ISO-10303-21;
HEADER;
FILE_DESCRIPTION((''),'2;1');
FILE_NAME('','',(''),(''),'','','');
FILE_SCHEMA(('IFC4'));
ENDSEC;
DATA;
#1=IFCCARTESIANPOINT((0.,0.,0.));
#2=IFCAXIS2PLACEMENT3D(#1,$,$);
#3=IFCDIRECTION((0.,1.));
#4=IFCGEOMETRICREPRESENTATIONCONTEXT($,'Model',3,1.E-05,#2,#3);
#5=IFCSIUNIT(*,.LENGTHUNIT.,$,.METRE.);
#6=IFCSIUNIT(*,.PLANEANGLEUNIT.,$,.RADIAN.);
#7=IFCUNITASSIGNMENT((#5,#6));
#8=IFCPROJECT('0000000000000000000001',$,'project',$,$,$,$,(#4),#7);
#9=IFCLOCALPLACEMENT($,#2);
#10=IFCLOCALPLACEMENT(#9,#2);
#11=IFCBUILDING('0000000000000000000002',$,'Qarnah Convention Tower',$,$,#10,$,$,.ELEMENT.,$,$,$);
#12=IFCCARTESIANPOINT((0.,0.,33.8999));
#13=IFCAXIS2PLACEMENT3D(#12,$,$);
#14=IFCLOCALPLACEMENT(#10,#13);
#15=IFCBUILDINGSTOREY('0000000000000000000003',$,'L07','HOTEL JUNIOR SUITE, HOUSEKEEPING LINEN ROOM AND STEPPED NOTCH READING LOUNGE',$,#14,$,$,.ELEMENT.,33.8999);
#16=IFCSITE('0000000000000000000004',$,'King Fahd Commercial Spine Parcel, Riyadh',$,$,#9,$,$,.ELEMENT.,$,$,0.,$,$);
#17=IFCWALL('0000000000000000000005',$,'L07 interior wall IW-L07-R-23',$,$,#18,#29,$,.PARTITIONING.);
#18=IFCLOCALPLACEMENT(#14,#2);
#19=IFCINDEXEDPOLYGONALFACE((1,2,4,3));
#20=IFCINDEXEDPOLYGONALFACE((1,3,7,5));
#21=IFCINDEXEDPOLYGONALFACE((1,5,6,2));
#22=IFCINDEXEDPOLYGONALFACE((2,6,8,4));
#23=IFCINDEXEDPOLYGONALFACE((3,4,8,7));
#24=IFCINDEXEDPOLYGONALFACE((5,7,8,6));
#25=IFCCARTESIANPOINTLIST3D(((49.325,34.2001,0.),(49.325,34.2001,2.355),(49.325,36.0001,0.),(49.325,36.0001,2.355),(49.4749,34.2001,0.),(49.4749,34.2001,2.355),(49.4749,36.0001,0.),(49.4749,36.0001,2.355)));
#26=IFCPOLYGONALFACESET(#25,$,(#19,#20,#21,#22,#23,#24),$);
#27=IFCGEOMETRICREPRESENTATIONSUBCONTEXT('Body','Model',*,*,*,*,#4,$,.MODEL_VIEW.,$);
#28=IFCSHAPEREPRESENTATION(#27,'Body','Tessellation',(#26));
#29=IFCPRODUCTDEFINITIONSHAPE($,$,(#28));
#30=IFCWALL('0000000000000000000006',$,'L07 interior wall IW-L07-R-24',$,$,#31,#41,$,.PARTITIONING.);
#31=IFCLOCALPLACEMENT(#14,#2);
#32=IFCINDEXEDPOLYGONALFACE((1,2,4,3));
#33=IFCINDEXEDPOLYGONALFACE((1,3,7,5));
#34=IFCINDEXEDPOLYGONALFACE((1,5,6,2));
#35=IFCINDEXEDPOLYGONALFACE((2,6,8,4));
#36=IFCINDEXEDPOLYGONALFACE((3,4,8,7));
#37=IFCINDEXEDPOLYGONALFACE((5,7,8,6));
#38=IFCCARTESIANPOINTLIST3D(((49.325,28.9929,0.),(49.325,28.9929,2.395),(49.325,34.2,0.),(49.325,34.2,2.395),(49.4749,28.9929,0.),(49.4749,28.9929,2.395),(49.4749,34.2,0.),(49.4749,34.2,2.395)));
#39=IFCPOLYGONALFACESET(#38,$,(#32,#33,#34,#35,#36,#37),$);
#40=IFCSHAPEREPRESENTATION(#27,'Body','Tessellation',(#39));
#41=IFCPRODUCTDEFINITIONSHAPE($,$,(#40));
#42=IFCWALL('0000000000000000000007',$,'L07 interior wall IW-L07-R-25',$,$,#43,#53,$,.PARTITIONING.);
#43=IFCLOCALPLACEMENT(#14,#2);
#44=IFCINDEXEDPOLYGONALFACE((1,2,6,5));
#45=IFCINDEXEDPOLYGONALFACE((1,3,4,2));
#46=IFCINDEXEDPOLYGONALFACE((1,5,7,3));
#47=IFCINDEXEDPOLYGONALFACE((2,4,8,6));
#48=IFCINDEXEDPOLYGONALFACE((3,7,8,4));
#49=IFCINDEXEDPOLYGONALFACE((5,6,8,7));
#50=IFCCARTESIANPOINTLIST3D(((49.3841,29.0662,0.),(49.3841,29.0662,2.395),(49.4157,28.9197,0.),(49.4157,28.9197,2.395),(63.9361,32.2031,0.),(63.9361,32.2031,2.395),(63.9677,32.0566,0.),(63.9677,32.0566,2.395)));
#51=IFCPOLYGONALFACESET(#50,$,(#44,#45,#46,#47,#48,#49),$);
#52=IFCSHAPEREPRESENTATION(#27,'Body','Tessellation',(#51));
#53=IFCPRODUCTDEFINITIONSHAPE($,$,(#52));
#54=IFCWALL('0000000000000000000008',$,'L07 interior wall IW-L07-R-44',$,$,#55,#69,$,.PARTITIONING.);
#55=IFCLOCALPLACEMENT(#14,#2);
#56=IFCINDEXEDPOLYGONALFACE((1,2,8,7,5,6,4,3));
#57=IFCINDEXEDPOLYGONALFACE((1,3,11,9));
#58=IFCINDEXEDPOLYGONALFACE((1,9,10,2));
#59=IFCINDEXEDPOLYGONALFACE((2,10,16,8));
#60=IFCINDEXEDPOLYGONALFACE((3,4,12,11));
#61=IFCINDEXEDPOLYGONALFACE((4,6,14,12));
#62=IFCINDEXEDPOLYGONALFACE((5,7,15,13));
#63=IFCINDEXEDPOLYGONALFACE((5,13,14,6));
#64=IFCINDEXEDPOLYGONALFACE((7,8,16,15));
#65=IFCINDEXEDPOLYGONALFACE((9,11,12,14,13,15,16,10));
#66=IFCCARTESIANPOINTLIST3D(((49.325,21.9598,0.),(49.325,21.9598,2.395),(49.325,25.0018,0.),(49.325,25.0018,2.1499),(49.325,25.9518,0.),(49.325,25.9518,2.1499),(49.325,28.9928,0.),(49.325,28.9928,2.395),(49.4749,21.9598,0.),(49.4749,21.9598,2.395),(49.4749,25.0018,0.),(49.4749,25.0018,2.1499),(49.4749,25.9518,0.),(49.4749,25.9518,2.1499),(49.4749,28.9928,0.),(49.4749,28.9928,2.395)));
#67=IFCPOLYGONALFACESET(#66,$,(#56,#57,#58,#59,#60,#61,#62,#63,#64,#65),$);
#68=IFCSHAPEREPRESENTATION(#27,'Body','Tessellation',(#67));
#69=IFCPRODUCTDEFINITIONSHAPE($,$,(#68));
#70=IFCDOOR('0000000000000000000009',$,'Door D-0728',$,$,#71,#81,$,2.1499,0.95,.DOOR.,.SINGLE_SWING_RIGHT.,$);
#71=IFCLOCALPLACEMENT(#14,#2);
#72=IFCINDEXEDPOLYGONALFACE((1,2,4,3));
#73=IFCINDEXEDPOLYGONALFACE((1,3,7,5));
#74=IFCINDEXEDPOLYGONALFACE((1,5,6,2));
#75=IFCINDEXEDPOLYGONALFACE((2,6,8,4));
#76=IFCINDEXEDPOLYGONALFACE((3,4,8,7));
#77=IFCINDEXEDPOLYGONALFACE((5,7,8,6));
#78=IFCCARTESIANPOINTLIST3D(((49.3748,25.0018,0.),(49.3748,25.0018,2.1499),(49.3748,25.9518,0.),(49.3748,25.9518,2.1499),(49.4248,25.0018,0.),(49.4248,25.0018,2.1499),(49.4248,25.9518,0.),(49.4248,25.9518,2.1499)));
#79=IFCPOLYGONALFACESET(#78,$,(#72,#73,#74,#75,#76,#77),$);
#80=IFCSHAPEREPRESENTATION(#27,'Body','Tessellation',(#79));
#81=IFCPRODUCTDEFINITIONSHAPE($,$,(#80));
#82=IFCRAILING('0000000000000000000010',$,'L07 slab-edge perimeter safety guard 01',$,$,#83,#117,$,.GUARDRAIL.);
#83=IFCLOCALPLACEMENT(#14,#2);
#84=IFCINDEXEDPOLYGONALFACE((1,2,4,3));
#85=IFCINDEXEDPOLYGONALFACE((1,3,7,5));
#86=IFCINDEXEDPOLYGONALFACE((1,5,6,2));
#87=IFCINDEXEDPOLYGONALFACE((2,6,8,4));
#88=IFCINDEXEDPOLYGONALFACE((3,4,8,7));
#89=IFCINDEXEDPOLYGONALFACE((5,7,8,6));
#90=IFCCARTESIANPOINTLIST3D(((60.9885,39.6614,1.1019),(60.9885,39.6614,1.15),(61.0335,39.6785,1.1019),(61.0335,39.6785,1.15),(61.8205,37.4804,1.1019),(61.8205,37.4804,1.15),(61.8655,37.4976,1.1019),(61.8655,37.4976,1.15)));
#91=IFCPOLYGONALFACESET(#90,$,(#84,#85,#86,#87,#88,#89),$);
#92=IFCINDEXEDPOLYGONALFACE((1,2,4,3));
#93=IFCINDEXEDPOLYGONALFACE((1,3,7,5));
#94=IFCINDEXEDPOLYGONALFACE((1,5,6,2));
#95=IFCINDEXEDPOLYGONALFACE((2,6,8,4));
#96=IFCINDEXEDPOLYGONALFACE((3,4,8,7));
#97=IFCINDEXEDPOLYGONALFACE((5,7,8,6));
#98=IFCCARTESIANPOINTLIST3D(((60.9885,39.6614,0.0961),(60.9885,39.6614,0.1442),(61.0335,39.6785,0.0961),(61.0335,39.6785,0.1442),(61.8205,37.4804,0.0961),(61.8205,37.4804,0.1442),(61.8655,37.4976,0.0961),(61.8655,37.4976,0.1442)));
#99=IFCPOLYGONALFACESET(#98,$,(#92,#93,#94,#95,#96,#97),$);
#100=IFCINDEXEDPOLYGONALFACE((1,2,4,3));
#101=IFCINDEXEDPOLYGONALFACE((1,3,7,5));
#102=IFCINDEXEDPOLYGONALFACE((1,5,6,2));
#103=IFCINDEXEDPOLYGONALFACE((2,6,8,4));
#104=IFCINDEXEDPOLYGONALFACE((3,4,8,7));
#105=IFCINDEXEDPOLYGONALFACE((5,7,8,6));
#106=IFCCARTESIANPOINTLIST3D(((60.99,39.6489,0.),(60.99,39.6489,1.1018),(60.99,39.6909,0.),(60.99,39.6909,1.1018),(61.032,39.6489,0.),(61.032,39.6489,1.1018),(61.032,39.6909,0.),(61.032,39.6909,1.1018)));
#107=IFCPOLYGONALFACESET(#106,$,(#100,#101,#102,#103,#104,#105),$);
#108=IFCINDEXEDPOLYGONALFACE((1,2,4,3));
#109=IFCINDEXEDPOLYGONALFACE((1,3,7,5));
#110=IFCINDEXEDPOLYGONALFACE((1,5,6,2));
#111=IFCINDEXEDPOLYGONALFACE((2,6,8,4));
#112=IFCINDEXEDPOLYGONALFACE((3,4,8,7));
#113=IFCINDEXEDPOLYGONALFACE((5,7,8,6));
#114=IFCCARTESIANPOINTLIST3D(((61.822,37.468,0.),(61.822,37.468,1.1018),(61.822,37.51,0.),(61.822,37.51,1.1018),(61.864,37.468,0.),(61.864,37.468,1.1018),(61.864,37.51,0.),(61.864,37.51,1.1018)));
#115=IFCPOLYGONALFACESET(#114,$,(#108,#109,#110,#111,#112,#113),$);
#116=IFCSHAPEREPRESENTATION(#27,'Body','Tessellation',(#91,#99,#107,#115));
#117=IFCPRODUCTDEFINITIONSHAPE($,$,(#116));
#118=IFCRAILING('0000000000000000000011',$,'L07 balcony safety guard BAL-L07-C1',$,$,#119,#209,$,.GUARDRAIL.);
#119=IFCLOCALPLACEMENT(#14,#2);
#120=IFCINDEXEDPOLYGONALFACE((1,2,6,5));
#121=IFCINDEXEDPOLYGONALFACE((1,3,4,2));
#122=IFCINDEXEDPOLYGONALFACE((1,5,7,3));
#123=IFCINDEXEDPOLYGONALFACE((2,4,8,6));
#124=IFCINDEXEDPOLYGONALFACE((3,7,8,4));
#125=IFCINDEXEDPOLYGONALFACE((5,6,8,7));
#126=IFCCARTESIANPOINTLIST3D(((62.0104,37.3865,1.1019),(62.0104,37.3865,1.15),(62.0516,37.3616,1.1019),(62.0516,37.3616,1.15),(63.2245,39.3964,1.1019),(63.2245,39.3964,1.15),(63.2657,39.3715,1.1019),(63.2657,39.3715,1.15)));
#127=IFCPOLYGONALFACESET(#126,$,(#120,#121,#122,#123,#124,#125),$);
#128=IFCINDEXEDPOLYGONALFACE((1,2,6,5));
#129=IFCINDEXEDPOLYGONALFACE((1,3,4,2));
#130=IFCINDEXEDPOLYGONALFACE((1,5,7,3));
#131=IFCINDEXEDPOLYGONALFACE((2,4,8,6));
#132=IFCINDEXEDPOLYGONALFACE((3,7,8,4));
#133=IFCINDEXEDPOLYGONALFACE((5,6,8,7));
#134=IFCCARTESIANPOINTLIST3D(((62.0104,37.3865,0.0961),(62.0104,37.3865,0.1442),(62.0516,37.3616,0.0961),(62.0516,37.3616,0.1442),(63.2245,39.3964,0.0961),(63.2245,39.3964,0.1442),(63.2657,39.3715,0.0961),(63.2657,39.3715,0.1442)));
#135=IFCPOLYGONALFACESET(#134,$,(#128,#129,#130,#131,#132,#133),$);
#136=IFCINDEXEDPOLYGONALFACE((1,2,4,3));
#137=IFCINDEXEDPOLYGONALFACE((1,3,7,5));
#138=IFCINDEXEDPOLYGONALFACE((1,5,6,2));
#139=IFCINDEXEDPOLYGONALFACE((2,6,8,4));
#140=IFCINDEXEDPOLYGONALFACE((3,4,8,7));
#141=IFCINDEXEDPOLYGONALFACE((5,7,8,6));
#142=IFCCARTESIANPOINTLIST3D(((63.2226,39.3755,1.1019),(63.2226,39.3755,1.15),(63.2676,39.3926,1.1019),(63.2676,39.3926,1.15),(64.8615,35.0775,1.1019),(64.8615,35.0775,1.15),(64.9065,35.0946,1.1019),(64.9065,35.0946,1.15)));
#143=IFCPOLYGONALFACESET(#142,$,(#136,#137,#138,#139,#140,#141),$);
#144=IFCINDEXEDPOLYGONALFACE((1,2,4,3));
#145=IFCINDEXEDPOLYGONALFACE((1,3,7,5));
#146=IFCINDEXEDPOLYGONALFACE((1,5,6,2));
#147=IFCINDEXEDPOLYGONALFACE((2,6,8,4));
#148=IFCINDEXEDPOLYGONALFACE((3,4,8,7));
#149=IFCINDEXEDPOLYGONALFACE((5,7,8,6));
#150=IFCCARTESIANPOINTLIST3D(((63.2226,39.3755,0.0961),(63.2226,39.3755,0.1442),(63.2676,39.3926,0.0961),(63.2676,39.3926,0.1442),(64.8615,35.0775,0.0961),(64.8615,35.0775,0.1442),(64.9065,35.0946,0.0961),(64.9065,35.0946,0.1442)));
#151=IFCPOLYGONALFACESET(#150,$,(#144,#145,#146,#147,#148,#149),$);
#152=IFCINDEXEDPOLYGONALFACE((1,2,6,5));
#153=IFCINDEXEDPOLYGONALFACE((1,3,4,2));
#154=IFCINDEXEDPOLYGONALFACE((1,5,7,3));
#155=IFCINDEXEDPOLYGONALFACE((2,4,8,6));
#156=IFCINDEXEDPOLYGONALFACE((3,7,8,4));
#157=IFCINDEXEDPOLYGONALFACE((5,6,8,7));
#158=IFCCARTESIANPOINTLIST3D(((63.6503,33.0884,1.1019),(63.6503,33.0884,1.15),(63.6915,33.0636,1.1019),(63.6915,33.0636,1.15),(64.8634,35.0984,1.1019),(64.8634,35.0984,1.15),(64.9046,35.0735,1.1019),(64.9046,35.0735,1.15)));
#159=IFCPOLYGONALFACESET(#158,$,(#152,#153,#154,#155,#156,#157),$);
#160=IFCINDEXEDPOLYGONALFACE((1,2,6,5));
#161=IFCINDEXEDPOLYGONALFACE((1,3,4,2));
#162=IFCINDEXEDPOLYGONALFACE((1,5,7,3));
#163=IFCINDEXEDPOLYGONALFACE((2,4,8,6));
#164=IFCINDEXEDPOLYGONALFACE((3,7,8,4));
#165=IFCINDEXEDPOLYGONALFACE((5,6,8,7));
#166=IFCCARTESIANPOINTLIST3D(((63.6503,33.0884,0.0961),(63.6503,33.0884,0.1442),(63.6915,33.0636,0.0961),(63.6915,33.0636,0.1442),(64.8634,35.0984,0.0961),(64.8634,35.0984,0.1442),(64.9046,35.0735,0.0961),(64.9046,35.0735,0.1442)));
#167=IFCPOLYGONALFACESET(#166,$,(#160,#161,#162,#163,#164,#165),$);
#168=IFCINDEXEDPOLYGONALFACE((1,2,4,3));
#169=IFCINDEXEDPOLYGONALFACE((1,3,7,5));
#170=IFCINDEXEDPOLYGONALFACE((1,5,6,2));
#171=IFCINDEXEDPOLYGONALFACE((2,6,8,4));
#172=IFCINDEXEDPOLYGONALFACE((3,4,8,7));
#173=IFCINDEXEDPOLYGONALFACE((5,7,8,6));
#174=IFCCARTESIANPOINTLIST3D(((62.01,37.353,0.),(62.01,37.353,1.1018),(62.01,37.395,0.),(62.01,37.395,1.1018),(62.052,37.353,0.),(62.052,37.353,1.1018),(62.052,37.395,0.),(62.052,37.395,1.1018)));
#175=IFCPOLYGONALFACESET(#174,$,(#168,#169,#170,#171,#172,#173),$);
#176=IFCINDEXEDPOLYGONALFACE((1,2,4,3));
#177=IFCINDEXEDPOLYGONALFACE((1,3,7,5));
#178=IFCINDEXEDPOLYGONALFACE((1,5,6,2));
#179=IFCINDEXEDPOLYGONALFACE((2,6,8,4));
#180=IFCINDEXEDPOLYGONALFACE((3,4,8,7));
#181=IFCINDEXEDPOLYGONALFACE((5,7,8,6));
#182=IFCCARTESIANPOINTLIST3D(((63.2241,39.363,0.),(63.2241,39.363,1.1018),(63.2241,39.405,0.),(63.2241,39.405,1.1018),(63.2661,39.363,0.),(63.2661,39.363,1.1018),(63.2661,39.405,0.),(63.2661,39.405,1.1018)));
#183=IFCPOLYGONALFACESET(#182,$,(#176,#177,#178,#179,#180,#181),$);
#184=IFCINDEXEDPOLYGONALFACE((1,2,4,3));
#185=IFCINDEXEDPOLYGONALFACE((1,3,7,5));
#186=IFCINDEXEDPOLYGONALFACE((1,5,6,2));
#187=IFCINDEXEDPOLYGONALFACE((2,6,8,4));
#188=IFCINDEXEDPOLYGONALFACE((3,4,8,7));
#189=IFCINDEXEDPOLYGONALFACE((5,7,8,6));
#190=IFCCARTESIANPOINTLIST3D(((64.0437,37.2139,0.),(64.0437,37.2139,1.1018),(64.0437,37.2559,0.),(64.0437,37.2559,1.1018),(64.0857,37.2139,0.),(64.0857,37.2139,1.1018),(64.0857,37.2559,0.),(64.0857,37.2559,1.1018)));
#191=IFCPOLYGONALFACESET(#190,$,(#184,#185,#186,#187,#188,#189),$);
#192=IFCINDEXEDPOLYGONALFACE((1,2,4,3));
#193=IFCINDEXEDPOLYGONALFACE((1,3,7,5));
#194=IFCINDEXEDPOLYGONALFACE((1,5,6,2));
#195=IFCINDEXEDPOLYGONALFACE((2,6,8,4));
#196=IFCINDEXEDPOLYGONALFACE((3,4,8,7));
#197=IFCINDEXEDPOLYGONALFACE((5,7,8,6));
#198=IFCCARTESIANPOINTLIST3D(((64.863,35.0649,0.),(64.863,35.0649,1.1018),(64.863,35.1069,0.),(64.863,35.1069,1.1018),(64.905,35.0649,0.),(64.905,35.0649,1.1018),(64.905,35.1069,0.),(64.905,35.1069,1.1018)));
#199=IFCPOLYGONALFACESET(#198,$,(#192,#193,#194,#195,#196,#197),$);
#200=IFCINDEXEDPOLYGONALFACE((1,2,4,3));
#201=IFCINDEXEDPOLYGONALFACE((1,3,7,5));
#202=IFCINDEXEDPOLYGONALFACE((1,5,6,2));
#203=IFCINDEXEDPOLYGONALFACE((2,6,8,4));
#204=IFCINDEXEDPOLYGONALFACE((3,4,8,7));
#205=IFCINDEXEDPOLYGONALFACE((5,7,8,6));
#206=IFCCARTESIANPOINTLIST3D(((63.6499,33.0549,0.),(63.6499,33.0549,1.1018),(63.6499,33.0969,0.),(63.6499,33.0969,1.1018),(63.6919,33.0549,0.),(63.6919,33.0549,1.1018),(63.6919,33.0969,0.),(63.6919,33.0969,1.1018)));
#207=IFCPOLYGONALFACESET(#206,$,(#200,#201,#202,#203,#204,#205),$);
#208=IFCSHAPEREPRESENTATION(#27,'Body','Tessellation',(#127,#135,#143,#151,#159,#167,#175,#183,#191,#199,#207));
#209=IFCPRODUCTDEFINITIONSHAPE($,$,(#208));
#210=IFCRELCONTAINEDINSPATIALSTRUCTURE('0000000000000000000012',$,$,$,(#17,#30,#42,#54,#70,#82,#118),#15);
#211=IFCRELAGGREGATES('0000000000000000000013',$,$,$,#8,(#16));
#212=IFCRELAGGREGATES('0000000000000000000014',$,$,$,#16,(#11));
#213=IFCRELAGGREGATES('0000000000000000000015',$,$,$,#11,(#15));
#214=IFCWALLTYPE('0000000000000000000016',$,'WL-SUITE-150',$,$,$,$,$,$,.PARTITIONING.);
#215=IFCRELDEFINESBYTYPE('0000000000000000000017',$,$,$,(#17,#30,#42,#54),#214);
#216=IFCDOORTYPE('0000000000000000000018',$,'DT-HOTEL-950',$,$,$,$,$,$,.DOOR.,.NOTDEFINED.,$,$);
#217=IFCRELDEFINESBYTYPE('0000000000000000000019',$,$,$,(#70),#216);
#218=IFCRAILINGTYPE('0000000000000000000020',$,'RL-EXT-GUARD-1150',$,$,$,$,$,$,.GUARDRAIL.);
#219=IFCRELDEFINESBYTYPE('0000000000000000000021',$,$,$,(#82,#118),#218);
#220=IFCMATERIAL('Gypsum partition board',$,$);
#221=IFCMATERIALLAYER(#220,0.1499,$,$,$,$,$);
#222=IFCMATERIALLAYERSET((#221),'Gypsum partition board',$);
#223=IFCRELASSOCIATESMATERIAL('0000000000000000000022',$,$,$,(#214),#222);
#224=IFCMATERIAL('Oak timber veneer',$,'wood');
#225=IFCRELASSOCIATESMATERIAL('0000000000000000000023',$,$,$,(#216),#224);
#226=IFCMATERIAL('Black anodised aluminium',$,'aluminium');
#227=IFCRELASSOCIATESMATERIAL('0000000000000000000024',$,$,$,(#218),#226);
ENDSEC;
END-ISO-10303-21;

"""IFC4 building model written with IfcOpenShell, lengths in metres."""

from ifc_helpers import new_model, si_unit, direction, frame, frame_2d, origin, origin_2d, place, context, subcontext, project, spatial, rectangle, extrude, material, layer, layer_set, type_object, element, fill, save


model = new_model("IFC4")

# Units and contexts
model_context = context("Model", 3, precision=1e-05, world=origin(), true_north=direction((0.0, 1.0)))
body_context = subcontext(model_context, "Body", "Model", "MODEL_VIEW")
ifc_project = project(units=[si_unit("LENGTHUNIT", "METRE"), si_unit("PLANEANGLEUNIT", "RADIAN")], contexts=[model_context])

# Site, building, storey
site_placement = place(None, origin())
site = spatial("IfcSite", under=ifc_project, at=site_placement, Name="King Fahd Commercial Spine Parcel, Riyadh", CompositionType="ELEMENT", RefElevation=0.0)
building_placement = place(site_placement, origin())
building = spatial("IfcBuilding", under=site, at=building_placement, Name="Qarnah Convention Tower", CompositionType="ELEMENT")
storey_placement = place(building_placement, frame((0.0, 0.0, 33.8999)))
storey = spatial("IfcBuildingStorey", under=building, at=storey_placement, Name="L07", Description="HOTEL JUNIOR SUITE, HOUSEKEEPING LINEN ROOM AND STEPPED NOTCH READING LOUNGE", CompositionType="ELEMENT", Elevation=33.8999)

# Shared definitions
ifc_material_1 = material(Name="Black anodised aluminium", Category="aluminium")

# Walls
ifc_material_2 = material(Name="Gypsum partition board")
ifc_layer_1 = layer(ifc_material_2, 0.1499)
ifc_layer_set_1 = layer_set([ifc_layer_1], Name="Gypsum partition board")
wall_type_1 = type_object("IfcWallType", Name="WL-SUITE-150", PredefinedType="PARTITIONING", material=ifc_layer_set_1)
wall_1_placement = place(storey_placement, frame((49.3999, 36.0, 0.0), z_axis=(0.0, 0.0, 1.0), x_axis=(0.0, -1.0, 0.0)))
element("IfcWall", 1, at=wall_1_placement, inside=storey, type_object=wall_type_1, Name="L07 interior wall IW-L07-R-23", PredefinedType="PARTITIONING", context=body_context, shape_type="SweptSolid", body=[
    extrude(rectangle(XDim=1.8, YDim=0.1499, at=frame_2d((0.8999, 0.0))), origin(), (0.0, 0.0, 1.0), 2.355),
])
wall_2_placement = place(storey_placement, frame((49.3999, 34.2, 0.0), z_axis=(0.0, 0.0, 1.0), x_axis=(0.0, -1.0, 0.0)))
element("IfcWall", 2, at=wall_2_placement, inside=storey, type_object=wall_type_1, Name="L07 interior wall IW-L07-R-24", PredefinedType="PARTITIONING", context=body_context, shape_type="SweptSolid", body=[
    extrude(rectangle(XDim=5.207, YDim=0.1499, at=frame_2d((2.6035, 0.0))), origin(), (0.0, 0.0, 1.0), 2.395),
])
wall_3_placement = place(storey_placement, frame((49.3999, 28.9929, 0.0), z_axis=(0.0, 0.0, 1.0), x_axis=(0.977545, 0.210728, 0.0)))
element("IfcWall", 3, at=wall_3_placement, inside=storey, type_object=wall_type_1, Name="L07 interior wall IW-L07-R-25", PredefinedType="PARTITIONING", context=body_context, shape_type="SweptSolid", body=[
    extrude(rectangle(XDim=14.8862, YDim=0.1499, at=frame_2d((7.4431, 0.0))), origin(), (0.0, 0.0, 1.0), 2.395),
])

# Wall, opening, door
wall_4_placement = place(storey_placement, frame((49.3999, 28.9929, 0.0), z_axis=(0.0, 0.0, 1.0), x_axis=(0.0, -1.0, 0.0)))
wall_4 = element("IfcWall", 4, at=wall_4_placement, inside=storey, type_object=wall_type_1, Name="L07 interior wall IW-L07-R-44", PredefinedType="PARTITIONING", context=body_context, shape_type="SweptSolid", body=[
    extrude(rectangle(XDim=7.033, YDim=0.1499, at=frame_2d((3.5166, 0.0))), origin(), (0.0, 0.0, 1.0), 2.395),
])
opening_1_placement = place(wall_4_placement, frame((3.041, 0.0, 0.0)))
opening_1 = element("IfcOpeningElement", 5, at=opening_1_placement, cuts=wall_4, PredefinedType="OPENING", context=body_context, shape_type="SweptSolid", body=[
    extrude(rectangle(XDim=0.95, YDim=2.1499, at=frame_2d((0.4751, 1.075))), frame((0.0, 0.085, 0.0), z_axis=(0.0, -1.0, 0.0), x_axis=(1.0, 0.0, 0.0)), (0.0, 0.0, 1.0), 0.1699),
])
ifc_material_3 = material(Name="Oak timber veneer", Category="wood")
door_type_1 = type_object("IfcDoorType", Name="DT-HOTEL-950", OperationType="NOTDEFINED", PredefinedType="DOOR", material=ifc_material_3)
door_1_placement = place(opening_1_placement, origin())
door_1 = element("IfcDoor", 6, at=door_1_placement, inside=storey, type_object=door_type_1, Name="Door D-0728", OperationType="SINGLE_SWING_RIGHT", OverallHeight=2.1499, OverallWidth=0.95, PredefinedType="DOOR", context=body_context, shape_type="SweptSolid", body=[
    extrude(rectangle(XDim=0.95, YDim=2.1499, at=frame_2d((0.4751, 1.075))), frame((0.0, 0.0249, 0.0), z_axis=(0.0, -1.0, 0.0), x_axis=(1.0, 0.0, 0.0)), (0.0, 0.0, 1.0), 0.05),
])
fill(opening_1, door_1)

# Railings
railing_type = type_object("IfcRailingType", Name="RL-EXT-GUARD-1150", PredefinedType="GUARDRAIL", material=ifc_material_1)
railing_1_placement = place(storey_placement, frame((61.011, 39.6699, 0.0)))
element("IfcRailing", 7, at=railing_1_placement, inside=storey, type_object=railing_type, Name="L07 slab-edge perimeter safety guard 01", PredefinedType="GUARDRAIL", context=body_context, shape_type="SweptSolid", body=[
    extrude(rectangle(XDim=0.0481, YDim=0.0481, at=origin_2d()), frame((0.0, 0.0, 1.126), z_axis=(0.356448, -0.934315, 0.0), x_axis=(0.934315, 0.356448, 0.0)), (0.0, 0.0, 1.0), 2.3342),
    extrude(rectangle(XDim=0.0481, YDim=0.0481, at=origin_2d()), frame((0.0, 0.0, 0.1201), z_axis=(0.356448, -0.934315, 0.0), x_axis=(0.934315, 0.356448, 0.0)), (0.0, 0.0, 1.0), 2.3342),
    extrude(rectangle(XDim=0.042, YDim=0.042, at=origin_2d()), origin(), (0.0, 0.0, 1.0), 1.1018),
    extrude(rectangle(XDim=0.042, YDim=0.042, at=origin_2d()), frame((0.832, -2.1809, 0.0)), (0.0, 0.0, 1.0), 1.1018),
])
railing_2_placement = place(storey_placement, frame((62.031, 37.374, 0.0)))
element("IfcRailing", 8, at=railing_2_placement, inside=storey, type_object=railing_type, Name="L07 balcony safety guard BAL-L07-C1", PredefinedType="GUARDRAIL", context=body_context, shape_type="SweptSolid", body=[
    extrude(rectangle(XDim=0.0481, YDim=0.0481, at=origin_2d()), frame((0.0, 0.0, 1.126), z_axis=(0.517032, 0.855966, 0.0), x_axis=(-0.855966, 0.517032, 0.0)), (0.0, 0.0, 1.0), 2.3481),
    extrude(rectangle(XDim=0.0481, YDim=0.0481, at=origin_2d()), frame((0.0, 0.0, 0.1201), z_axis=(0.517032, 0.855966, 0.0), x_axis=(-0.855966, 0.517032, 0.0)), (0.0, 0.0, 1.0), 2.3481),
    extrude(rectangle(XDim=0.0481, YDim=0.0481, at=origin_2d()), frame((1.2141, 2.01, 1.126), z_axis=(0.356289, -0.934376, 0.0), x_axis=(0.934376, 0.356289, 0.0)), (0.0, 0.0, 1.0), 4.5999),
    extrude(rectangle(XDim=0.0481, YDim=0.0481, at=origin_2d()), frame((1.2141, 2.01, 0.1201), z_axis=(0.356289, -0.934376, 0.0), x_axis=(0.934376, 0.356289, 0.0)), (0.0, 0.0, 1.0), 4.5999),
    extrude(rectangle(XDim=0.0481, YDim=0.0481, at=origin_2d()), frame((2.853, -2.2881, 1.126), z_axis=(-0.516727, -0.85615, 0.0), x_axis=(0.85615, -0.516727, 0.0)), (0.0, 0.0, 1.0), 2.3477),
    extrude(rectangle(XDim=0.0481, YDim=0.0481, at=origin_2d()), frame((2.853, -2.2881, 0.1201), z_axis=(-0.516727, -0.85615, 0.0), x_axis=(0.85615, -0.516727, 0.0)), (0.0, 0.0, 1.0), 2.3477),
    extrude(rectangle(XDim=0.042, YDim=0.042, at=origin_2d()), origin(), (0.0, 0.0, 1.0), 1.1018),
    extrude(rectangle(XDim=0.042, YDim=0.042, at=origin_2d()), frame((1.2141, 2.01, 0.0)), (0.0, 0.0, 1.0), 1.1018),
    extrude(rectangle(XDim=0.042, YDim=0.042, at=origin_2d()), frame((2.0337, -0.1392, 0.0)), (0.0, 0.0, 1.0), 1.1018),
    extrude(rectangle(XDim=0.042, YDim=0.042, at=origin_2d()), frame((2.853, -2.2881, 0.0)), (0.0, 0.0, 1.0), 1.1018),
    extrude(rectangle(XDim=0.042, YDim=0.042, at=origin_2d()), frame((1.6399, -4.2981, 0.0)), (0.0, 0.0, 1.0), 1.1018),
])

save(model, "model.ifc")
